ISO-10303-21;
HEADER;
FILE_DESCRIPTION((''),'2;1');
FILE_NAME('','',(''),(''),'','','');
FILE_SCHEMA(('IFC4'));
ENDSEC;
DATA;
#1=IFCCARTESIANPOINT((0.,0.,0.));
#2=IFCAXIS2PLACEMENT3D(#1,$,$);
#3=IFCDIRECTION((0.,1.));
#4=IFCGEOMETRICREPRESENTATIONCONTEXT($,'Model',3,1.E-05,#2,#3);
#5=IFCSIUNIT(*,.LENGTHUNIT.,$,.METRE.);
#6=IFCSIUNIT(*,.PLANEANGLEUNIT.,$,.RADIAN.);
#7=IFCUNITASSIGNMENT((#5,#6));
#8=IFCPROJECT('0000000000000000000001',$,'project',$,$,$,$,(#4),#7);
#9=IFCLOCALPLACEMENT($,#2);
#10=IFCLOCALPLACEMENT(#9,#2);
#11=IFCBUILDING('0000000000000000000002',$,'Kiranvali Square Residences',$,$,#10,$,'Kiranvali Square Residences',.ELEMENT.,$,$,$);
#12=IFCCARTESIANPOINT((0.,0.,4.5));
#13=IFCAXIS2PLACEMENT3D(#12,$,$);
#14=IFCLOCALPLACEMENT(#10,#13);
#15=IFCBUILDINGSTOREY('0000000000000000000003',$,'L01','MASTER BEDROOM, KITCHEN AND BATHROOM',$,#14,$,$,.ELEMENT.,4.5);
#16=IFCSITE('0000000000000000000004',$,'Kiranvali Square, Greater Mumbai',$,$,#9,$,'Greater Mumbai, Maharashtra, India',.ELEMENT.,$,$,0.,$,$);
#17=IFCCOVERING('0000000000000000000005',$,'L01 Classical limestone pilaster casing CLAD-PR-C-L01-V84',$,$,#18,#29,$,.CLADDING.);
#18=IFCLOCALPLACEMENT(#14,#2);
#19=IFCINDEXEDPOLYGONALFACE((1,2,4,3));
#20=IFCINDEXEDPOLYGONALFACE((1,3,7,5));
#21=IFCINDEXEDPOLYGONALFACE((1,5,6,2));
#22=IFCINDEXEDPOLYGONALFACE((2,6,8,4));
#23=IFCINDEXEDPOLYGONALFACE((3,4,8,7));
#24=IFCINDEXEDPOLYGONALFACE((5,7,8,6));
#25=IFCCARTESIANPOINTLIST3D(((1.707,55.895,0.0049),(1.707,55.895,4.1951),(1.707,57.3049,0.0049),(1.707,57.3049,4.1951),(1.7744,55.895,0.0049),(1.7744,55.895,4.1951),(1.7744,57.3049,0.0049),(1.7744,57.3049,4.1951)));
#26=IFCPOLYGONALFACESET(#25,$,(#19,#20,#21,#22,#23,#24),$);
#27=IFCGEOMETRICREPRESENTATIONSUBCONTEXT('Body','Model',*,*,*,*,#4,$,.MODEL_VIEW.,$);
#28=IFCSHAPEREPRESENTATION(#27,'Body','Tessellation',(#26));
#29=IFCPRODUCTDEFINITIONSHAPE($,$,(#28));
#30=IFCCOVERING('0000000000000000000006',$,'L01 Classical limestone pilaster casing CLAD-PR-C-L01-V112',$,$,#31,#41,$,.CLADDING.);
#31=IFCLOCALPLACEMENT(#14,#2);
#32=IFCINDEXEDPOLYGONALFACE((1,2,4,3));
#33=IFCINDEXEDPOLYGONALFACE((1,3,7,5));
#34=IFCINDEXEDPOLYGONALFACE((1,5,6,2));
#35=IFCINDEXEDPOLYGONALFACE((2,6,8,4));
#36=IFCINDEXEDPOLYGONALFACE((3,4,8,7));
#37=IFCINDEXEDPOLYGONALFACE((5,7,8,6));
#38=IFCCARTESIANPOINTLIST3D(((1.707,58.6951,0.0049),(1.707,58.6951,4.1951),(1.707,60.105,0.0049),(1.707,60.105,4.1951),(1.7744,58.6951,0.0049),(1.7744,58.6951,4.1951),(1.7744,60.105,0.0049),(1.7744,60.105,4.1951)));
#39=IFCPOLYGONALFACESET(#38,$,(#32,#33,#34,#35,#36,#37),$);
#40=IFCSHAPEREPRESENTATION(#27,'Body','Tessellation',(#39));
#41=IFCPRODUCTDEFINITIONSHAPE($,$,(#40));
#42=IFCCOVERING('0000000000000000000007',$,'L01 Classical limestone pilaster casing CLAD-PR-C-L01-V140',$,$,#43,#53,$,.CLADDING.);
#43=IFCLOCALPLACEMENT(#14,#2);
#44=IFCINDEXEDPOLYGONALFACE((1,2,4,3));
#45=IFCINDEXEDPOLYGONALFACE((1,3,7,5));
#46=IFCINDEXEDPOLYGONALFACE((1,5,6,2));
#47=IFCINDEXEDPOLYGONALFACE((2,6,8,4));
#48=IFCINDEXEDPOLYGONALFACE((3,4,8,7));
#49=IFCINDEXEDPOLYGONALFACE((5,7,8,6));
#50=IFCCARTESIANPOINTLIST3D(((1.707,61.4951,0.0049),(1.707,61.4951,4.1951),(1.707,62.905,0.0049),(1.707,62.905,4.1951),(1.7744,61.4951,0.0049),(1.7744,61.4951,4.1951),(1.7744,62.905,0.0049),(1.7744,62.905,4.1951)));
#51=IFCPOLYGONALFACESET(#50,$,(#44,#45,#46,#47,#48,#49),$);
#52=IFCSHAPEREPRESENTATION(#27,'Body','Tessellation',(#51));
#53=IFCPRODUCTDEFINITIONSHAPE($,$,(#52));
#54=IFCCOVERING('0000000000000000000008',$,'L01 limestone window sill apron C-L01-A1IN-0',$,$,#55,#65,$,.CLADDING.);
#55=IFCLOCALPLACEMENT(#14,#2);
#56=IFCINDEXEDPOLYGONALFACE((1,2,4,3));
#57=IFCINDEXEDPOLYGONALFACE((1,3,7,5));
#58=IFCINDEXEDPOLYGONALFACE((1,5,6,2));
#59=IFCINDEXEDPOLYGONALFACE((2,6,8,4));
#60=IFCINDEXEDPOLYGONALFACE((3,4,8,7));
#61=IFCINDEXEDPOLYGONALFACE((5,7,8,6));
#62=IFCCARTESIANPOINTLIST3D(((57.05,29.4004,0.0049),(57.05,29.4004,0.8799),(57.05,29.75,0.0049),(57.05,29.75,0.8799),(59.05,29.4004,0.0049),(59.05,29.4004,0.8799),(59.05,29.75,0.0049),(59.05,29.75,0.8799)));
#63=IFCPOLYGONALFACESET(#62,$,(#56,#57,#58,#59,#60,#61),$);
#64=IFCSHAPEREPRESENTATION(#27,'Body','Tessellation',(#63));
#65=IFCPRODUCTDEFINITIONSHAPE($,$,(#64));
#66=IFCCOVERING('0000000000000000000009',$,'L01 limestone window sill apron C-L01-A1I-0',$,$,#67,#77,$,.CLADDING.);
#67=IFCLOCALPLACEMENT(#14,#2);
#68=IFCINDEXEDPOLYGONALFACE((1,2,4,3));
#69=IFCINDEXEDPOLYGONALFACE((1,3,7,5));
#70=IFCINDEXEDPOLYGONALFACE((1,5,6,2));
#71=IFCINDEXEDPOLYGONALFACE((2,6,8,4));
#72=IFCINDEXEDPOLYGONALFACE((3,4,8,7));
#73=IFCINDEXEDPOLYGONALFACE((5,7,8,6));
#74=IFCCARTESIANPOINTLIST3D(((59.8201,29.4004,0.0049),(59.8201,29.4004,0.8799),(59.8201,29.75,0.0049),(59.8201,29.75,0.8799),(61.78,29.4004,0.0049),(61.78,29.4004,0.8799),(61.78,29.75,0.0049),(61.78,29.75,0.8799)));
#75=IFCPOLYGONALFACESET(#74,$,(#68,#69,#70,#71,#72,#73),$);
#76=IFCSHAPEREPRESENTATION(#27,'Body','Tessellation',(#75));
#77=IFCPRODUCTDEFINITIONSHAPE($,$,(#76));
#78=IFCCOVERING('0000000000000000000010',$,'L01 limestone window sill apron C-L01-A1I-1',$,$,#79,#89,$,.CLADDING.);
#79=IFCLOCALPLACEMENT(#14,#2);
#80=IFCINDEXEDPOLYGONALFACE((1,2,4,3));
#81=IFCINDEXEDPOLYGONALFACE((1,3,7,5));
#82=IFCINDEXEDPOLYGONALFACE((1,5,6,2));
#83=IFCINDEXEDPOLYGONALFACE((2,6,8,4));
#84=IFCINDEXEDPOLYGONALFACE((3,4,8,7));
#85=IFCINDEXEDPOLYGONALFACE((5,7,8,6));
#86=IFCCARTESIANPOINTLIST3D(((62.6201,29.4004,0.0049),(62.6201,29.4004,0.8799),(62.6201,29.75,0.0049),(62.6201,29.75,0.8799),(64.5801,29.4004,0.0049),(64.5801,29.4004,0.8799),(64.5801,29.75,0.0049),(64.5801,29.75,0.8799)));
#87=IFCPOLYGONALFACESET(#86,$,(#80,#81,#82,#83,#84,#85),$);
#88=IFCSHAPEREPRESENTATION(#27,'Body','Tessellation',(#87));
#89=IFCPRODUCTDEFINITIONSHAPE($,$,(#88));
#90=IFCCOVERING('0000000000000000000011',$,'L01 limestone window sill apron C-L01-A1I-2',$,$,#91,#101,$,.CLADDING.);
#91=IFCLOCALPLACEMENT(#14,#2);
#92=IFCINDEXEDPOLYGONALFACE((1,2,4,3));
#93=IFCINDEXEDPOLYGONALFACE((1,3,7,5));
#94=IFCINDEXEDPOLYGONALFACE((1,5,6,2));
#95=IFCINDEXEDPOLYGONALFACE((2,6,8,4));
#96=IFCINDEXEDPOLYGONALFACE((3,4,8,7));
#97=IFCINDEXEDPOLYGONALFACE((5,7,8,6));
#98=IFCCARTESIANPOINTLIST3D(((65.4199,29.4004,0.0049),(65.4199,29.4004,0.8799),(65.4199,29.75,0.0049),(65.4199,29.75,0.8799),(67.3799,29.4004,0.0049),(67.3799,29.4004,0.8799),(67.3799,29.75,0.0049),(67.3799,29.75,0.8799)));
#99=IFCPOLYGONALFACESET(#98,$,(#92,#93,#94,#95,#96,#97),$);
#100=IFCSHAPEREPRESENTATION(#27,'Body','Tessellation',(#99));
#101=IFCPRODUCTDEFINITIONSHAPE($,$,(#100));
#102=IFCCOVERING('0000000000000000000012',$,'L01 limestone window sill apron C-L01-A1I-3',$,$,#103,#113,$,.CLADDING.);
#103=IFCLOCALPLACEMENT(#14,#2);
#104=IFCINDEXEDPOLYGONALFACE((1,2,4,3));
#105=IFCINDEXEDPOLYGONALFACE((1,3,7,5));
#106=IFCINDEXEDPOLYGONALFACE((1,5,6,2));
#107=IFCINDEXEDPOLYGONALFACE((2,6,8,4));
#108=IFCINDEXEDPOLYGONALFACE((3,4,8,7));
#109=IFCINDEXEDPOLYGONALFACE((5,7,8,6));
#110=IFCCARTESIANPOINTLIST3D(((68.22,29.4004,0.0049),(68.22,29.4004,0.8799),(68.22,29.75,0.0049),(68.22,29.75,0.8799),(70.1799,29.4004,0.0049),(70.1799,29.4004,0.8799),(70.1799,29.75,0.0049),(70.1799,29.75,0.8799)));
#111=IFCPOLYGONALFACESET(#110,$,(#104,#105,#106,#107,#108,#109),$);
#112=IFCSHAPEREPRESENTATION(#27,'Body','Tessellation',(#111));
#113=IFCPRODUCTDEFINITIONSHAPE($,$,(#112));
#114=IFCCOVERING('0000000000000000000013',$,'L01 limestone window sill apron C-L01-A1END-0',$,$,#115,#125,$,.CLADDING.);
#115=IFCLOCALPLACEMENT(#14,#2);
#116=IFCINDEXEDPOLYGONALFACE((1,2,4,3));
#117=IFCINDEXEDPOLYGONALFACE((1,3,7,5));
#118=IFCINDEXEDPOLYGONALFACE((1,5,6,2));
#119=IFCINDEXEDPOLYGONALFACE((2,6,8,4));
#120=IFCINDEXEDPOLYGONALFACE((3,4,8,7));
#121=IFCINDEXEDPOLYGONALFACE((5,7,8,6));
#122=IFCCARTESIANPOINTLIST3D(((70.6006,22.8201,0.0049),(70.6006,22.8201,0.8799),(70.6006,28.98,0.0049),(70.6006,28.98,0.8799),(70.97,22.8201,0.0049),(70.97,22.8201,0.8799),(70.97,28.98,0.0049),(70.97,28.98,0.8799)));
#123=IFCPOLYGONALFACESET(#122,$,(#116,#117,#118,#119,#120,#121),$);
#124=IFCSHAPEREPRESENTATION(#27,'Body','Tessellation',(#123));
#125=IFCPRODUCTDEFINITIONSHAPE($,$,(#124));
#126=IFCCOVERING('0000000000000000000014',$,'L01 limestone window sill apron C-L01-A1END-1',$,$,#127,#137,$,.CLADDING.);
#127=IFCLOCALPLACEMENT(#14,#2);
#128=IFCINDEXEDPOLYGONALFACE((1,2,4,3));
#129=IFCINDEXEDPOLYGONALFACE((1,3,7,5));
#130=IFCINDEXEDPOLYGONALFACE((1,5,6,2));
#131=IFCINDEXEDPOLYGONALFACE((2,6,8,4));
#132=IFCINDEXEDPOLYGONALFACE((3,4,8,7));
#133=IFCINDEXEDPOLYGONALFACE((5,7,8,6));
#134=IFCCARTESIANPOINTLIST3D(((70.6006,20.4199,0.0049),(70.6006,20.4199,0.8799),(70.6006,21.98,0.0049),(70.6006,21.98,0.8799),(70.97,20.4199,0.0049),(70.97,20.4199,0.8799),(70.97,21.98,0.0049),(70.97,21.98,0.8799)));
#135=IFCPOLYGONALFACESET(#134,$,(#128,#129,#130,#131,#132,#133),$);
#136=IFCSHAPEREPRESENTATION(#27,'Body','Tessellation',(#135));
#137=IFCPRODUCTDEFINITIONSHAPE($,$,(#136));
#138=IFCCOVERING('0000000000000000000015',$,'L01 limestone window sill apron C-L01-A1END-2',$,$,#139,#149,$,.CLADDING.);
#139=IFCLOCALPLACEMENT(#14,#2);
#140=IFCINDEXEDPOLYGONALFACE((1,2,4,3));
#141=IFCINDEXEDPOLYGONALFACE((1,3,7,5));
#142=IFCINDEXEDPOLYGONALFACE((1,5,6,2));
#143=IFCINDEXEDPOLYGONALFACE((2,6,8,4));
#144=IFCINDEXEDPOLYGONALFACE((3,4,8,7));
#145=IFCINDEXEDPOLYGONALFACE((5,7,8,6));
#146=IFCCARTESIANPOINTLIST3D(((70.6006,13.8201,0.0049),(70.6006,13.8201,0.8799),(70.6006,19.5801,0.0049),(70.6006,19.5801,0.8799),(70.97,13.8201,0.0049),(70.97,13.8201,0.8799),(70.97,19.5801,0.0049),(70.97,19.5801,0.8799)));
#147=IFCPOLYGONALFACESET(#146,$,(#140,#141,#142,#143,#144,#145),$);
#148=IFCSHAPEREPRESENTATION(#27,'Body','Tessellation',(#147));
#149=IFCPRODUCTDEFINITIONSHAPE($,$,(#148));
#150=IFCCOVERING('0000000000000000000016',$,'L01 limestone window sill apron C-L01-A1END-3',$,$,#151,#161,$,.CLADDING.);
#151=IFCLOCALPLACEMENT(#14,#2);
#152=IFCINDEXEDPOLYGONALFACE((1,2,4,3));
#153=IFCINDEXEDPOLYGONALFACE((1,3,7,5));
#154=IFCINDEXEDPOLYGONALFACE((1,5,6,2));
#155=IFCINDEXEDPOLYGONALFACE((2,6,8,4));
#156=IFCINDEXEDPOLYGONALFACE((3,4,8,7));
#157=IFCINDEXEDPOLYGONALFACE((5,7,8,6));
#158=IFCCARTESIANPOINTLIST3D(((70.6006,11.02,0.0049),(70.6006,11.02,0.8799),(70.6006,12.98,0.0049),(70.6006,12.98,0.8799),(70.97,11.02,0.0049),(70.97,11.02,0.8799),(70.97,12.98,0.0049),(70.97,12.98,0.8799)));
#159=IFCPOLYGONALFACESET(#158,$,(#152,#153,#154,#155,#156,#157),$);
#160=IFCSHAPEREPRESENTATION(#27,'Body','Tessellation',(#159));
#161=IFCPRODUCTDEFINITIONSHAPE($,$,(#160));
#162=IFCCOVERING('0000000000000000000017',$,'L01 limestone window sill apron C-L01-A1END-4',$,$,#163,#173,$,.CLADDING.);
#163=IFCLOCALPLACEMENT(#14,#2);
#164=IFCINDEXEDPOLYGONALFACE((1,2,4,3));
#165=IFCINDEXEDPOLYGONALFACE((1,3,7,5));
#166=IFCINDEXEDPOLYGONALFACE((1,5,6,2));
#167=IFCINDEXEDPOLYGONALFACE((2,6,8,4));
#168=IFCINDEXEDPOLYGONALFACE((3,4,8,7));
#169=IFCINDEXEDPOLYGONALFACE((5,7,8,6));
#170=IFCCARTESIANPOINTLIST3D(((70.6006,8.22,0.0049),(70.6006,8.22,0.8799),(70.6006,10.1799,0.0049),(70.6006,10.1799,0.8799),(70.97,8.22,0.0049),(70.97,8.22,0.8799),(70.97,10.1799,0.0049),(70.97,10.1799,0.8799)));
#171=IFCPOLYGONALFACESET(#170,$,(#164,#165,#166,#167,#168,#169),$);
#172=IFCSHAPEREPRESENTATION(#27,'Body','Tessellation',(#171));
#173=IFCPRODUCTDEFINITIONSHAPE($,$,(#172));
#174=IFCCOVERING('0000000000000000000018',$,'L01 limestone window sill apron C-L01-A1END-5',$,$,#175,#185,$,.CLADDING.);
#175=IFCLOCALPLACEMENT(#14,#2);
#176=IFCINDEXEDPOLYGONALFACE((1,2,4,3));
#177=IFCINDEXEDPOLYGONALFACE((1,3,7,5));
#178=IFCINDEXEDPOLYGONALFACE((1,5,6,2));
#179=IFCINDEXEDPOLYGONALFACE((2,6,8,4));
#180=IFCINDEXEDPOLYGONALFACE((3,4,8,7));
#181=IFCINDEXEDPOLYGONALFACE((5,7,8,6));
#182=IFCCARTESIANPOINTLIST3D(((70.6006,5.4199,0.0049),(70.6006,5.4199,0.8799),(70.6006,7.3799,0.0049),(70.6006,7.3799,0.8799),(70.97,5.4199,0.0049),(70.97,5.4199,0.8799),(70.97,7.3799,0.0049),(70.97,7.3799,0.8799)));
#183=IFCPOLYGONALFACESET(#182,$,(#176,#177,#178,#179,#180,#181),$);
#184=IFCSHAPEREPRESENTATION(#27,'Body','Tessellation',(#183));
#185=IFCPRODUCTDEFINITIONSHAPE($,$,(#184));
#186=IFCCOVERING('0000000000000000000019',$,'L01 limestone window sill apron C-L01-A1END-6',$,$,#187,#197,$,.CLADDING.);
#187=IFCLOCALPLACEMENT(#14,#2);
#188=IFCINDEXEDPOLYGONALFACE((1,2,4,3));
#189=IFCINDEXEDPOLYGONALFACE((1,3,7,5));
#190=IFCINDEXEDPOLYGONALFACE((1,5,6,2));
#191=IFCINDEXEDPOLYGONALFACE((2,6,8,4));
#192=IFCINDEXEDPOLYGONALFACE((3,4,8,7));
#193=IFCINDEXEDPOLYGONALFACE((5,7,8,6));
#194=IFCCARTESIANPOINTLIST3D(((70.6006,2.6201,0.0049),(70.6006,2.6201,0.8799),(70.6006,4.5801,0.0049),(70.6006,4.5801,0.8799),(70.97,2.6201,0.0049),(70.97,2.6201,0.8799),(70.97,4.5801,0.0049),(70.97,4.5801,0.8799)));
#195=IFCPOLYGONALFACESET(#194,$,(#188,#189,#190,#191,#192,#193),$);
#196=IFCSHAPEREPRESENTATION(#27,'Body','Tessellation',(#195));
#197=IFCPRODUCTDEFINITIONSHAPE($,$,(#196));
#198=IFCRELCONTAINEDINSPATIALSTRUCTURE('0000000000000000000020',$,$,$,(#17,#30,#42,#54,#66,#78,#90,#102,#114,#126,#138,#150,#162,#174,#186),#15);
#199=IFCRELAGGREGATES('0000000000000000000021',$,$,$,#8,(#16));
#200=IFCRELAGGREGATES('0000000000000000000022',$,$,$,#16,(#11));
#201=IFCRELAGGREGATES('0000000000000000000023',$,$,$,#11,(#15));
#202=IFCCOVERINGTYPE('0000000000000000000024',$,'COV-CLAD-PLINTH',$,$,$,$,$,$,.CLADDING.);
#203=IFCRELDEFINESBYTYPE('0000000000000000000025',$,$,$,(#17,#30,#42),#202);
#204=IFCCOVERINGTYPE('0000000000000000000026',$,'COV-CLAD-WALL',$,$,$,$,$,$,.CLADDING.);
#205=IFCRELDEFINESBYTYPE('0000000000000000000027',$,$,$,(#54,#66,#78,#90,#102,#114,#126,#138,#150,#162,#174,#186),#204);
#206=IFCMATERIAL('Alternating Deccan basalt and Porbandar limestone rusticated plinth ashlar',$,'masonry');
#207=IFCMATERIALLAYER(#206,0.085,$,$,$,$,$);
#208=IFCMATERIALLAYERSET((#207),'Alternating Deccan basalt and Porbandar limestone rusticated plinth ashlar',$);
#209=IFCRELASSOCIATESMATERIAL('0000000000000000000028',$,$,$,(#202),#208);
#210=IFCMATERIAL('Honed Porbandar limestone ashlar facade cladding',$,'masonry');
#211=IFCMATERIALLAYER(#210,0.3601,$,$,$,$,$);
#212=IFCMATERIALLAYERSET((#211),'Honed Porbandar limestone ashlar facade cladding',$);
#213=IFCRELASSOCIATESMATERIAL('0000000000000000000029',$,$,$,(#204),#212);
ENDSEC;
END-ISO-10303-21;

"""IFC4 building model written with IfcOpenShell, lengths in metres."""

from ifc_helpers import new_model, si_unit, direction, frame, origin, place, context, subcontext, project, spatial, polyline, outline, extrude, material, layer, layer_set, type_object, element, save


model = new_model("IFC4")

# Units and contexts
model_context = context("Model", 3, precision=1e-05, world=origin(), true_north=direction((0.0, 1.0)))
body_context = subcontext(model_context, "Body", "Model", "MODEL_VIEW")
ifc_project = project(units=[si_unit("LENGTHUNIT", "METRE"), si_unit("PLANEANGLEUNIT", "RADIAN")], contexts=[model_context])

# Site, building, storey
site_placement = place(None, origin())
site = spatial("IfcSite", under=ifc_project, at=site_placement, Name="Kiranvali Square, Greater Mumbai", LongName="Greater Mumbai, Maharashtra, India", CompositionType="ELEMENT", RefElevation=0.0)
building_placement = place(site_placement, origin())
building = spatial("IfcBuilding", under=site, at=building_placement, Name="Kiranvali Square Residences", LongName="Kiranvali Square Residences", CompositionType="ELEMENT")
storey_placement = place(building_placement, frame((0.0, 0.0, 4.5)))
storey = spatial("IfcBuildingStorey", under=building, at=storey_placement, Name="L01", Description="MASTER BEDROOM, KITCHEN AND BATHROOM", CompositionType="ELEMENT", Elevation=4.5)

# Coverings
ifc_material_1 = material(Name="Honed Porbandar limestone ashlar facade cladding", Category="masonry")
ifc_material_2 = material(Name="Alternating Deccan basalt and Porbandar limestone rusticated plinth ashlar", Category="masonry")
ifc_layer_1 = layer(ifc_material_2, 0.085)
ifc_layer_set_1 = layer_set([ifc_layer_1], Name="Alternating Deccan basalt and Porbandar limestone rusticated plinth ashlar")
covering_type_1 = type_object("IfcCoveringType", Name="COV-CLAD-PLINTH", PredefinedType="CLADDING", material=ifc_layer_set_1)
covering_1_placement = place(storey_placement, frame((0.0, 0.0, 0.0049)))
element("IfcCovering", 1, at=covering_1_placement, inside=storey, type_object=covering_type_1, Name="L01 Classical limestone pilaster casing CLAD-PR-C-L01-V84", PredefinedType="CLADDING", context=body_context, shape_type="SweptSolid", body=[
    extrude(outline(polyline([(1.7744, 55.895), (1.7744, 57.3049), (1.707, 57.3049), (1.707, 55.895), (1.7744, 55.895)])), origin(), (0.0, 0.0, 1.0), 4.1902),
])
covering_2_placement = place(storey_placement, frame((0.0, 0.0, 0.0049)))
element("IfcCovering", 2, at=covering_2_placement, inside=storey, type_object=covering_type_1, Name="L01 Classical limestone pilaster casing CLAD-PR-C-L01-V112", PredefinedType="CLADDING", context=body_context, shape_type="SweptSolid", body=[
    extrude(outline(polyline([(1.7744, 58.6951), (1.7744, 60.105), (1.707, 60.105), (1.707, 58.6951), (1.7744, 58.6951)])), origin(), (0.0, 0.0, 1.0), 4.1902),
])
covering_3_placement = place(storey_placement, frame((0.0, 0.0, 0.0049)))
element("IfcCovering", 3, at=covering_3_placement, inside=storey, type_object=covering_type_1, Name="L01 Classical limestone pilaster casing CLAD-PR-C-L01-V140", PredefinedType="CLADDING", context=body_context, shape_type="SweptSolid", body=[
    extrude(outline(polyline([(1.7744, 61.4951), (1.7744, 62.905), (1.707, 62.905), (1.707, 61.4951), (1.7744, 61.4951)])), origin(), (0.0, 0.0, 1.0), 4.1902),
])
ifc_layer_2 = layer(ifc_material_1, 0.3601)
ifc_layer_set_2 = layer_set([ifc_layer_2], Name="Honed Porbandar limestone ashlar facade cladding")
covering_type_2 = type_object("IfcCoveringType", Name="COV-CLAD-WALL", PredefinedType="CLADDING", material=ifc_layer_set_2)
covering_4_placement = place(storey_placement, frame((0.0, 0.0, 0.0049)))
element("IfcCovering", 4, at=covering_4_placement, inside=storey, type_object=covering_type_2, Name="L01 limestone window sill apron C-L01-A1IN-0", PredefinedType="CLADDING", context=body_context, shape_type="SweptSolid", body=[
    extrude(outline(polyline([(57.05, 29.4004), (59.05, 29.4004), (59.05, 29.75), (57.05, 29.75), (57.05, 29.4004)])), origin(), (0.0, 0.0, 1.0), 0.875),
])
covering_5_placement = place(storey_placement, frame((0.0, 0.0, 0.0049)))
element("IfcCovering", 5, at=covering_5_placement, inside=storey, type_object=covering_type_2, Name="L01 limestone window sill apron C-L01-A1I-0", PredefinedType="CLADDING", context=body_context, shape_type="SweptSolid", body=[
    extrude(outline(polyline([(59.8201, 29.4004), (61.78, 29.4004), (61.78, 29.75), (59.8201, 29.75), (59.8201, 29.4004)])), origin(), (0.0, 0.0, 1.0), 0.875),
])
covering_6_placement = place(storey_placement, frame((0.0, 0.0, 0.0049)))
element("IfcCovering", 6, at=covering_6_placement, inside=storey, type_object=covering_type_2, Name="L01 limestone window sill apron C-L01-A1I-1", PredefinedType="CLADDING", context=body_context, shape_type="SweptSolid", body=[
    extrude(outline(polyline([(62.6201, 29.4004), (64.5801, 29.4004), (64.5801, 29.75), (62.6201, 29.75), (62.6201, 29.4004)])), origin(), (0.0, 0.0, 1.0), 0.875),
])
covering_7_placement = place(storey_placement, frame((0.0, 0.0, 0.0049)))
element("IfcCovering", 7, at=covering_7_placement, inside=storey, type_object=covering_type_2, Name="L01 limestone window sill apron C-L01-A1I-2", PredefinedType="CLADDING", context=body_context, shape_type="SweptSolid", body=[
    extrude(outline(polyline([(65.4199, 29.4004), (67.3799, 29.4004), (67.3799, 29.75), (65.4199, 29.75), (65.4199, 29.4004)])), origin(), (0.0, 0.0, 1.0), 0.875),
])
covering_8_placement = place(storey_placement, frame((0.0, 0.0, 0.0049)))
element("IfcCovering", 8, at=covering_8_placement, inside=storey, type_object=covering_type_2, Name="L01 limestone window sill apron C-L01-A1I-3", PredefinedType="CLADDING", context=body_context, shape_type="SweptSolid", body=[
    extrude(outline(polyline([(68.22, 29.4004), (70.1799, 29.4004), (70.1799, 29.75), (68.22, 29.75), (68.22, 29.4004)])), origin(), (0.0, 0.0, 1.0), 0.875),
])
covering_9_placement = place(storey_placement, frame((0.0, 0.0, 0.0049)))
element("IfcCovering", 9, at=covering_9_placement, inside=storey, type_object=covering_type_2, Name="L01 limestone window sill apron C-L01-A1END-0", PredefinedType="CLADDING", context=body_context, shape_type="SweptSolid", body=[
    extrude(outline(polyline([(70.6006, 28.98), (70.6006, 22.8201), (70.97, 22.8201), (70.97, 28.98), (70.6006, 28.98)])), origin(), (0.0, 0.0, 1.0), 0.875),
])
covering_10_placement = place(storey_placement, frame((0.0, 0.0, 0.0049)))
element("IfcCovering", 10, at=covering_10_placement, inside=storey, type_object=covering_type_2, Name="L01 limestone window sill apron C-L01-A1END-1", PredefinedType="CLADDING", context=body_context, shape_type="SweptSolid", body=[
    extrude(outline(polyline([(70.6006, 21.98), (70.6006, 20.4199), (70.97, 20.4199), (70.97, 21.98), (70.6006, 21.98)])), origin(), (0.0, 0.0, 1.0), 0.875),
])
covering_11_placement = place(storey_placement, frame((0.0, 0.0, 0.0049)))
element("IfcCovering", 11, at=covering_11_placement, inside=storey, type_object=covering_type_2, Name="L01 limestone window sill apron C-L01-A1END-2", PredefinedType="CLADDING", context=body_context, shape_type="SweptSolid", body=[
    extrude(outline(polyline([(70.6006, 19.5801), (70.6006, 13.8201), (70.97, 13.8201), (70.97, 19.5801), (70.6006, 19.5801)])), origin(), (0.0, 0.0, 1.0), 0.875),
])
covering_12_placement = place(storey_placement, frame((0.0, 0.0, 0.0049)))
element("IfcCovering", 12, at=covering_12_placement, inside=storey, type_object=covering_type_2, Name="L01 limestone window sill apron C-L01-A1END-3", PredefinedType="CLADDING", context=body_context, shape_type="SweptSolid", body=[
    extrude(outline(polyline([(70.6006, 12.98), (70.6006, 11.02), (70.97, 11.02), (70.97, 12.98), (70.6006, 12.98)])), origin(), (0.0, 0.0, 1.0), 0.875),
])
covering_13_placement = place(storey_placement, frame((0.0, 0.0, 0.0049)))
element("IfcCovering", 13, at=covering_13_placement, inside=storey, type_object=covering_type_2, Name="L01 limestone window sill apron C-L01-A1END-4", PredefinedType="CLADDING", context=body_context, shape_type="SweptSolid", body=[
    extrude(outline(polyline([(70.6006, 10.1799), (70.6006, 8.22), (70.97, 8.22), (70.97, 10.1799), (70.6006, 10.1799)])), origin(), (0.0, 0.0, 1.0), 0.875),
])
covering_14_placement = place(storey_placement, frame((0.0, 0.0, 0.0049)))
element("IfcCovering", 14, at=covering_14_placement, inside=storey, type_object=covering_type_2, Name="L01 limestone window sill apron C-L01-A1END-5", PredefinedType="CLADDING", context=body_context, shape_type="SweptSolid", body=[
    extrude(outline(polyline([(70.6006, 7.3799), (70.6006, 5.4199), (70.97, 5.4199), (70.97, 7.3799), (70.6006, 7.3799)])), origin(), (0.0, 0.0, 1.0), 0.875),
])
covering_15_placement = place(storey_placement, frame((0.0, 0.0, 0.0049)))
element("IfcCovering", 15, at=covering_15_placement, inside=storey, type_object=covering_type_2, Name="L01 limestone window sill apron C-L01-A1END-6", PredefinedType="CLADDING", context=body_context, shape_type="SweptSolid", body=[
    extrude(outline(polyline([(70.6006, 4.5801), (70.6006, 2.6201), (70.97, 2.6201), (70.97, 4.5801), (70.6006, 4.5801)])), origin(), (0.0, 0.0, 1.0), 0.875),
])

save(model, "model.ifc")
